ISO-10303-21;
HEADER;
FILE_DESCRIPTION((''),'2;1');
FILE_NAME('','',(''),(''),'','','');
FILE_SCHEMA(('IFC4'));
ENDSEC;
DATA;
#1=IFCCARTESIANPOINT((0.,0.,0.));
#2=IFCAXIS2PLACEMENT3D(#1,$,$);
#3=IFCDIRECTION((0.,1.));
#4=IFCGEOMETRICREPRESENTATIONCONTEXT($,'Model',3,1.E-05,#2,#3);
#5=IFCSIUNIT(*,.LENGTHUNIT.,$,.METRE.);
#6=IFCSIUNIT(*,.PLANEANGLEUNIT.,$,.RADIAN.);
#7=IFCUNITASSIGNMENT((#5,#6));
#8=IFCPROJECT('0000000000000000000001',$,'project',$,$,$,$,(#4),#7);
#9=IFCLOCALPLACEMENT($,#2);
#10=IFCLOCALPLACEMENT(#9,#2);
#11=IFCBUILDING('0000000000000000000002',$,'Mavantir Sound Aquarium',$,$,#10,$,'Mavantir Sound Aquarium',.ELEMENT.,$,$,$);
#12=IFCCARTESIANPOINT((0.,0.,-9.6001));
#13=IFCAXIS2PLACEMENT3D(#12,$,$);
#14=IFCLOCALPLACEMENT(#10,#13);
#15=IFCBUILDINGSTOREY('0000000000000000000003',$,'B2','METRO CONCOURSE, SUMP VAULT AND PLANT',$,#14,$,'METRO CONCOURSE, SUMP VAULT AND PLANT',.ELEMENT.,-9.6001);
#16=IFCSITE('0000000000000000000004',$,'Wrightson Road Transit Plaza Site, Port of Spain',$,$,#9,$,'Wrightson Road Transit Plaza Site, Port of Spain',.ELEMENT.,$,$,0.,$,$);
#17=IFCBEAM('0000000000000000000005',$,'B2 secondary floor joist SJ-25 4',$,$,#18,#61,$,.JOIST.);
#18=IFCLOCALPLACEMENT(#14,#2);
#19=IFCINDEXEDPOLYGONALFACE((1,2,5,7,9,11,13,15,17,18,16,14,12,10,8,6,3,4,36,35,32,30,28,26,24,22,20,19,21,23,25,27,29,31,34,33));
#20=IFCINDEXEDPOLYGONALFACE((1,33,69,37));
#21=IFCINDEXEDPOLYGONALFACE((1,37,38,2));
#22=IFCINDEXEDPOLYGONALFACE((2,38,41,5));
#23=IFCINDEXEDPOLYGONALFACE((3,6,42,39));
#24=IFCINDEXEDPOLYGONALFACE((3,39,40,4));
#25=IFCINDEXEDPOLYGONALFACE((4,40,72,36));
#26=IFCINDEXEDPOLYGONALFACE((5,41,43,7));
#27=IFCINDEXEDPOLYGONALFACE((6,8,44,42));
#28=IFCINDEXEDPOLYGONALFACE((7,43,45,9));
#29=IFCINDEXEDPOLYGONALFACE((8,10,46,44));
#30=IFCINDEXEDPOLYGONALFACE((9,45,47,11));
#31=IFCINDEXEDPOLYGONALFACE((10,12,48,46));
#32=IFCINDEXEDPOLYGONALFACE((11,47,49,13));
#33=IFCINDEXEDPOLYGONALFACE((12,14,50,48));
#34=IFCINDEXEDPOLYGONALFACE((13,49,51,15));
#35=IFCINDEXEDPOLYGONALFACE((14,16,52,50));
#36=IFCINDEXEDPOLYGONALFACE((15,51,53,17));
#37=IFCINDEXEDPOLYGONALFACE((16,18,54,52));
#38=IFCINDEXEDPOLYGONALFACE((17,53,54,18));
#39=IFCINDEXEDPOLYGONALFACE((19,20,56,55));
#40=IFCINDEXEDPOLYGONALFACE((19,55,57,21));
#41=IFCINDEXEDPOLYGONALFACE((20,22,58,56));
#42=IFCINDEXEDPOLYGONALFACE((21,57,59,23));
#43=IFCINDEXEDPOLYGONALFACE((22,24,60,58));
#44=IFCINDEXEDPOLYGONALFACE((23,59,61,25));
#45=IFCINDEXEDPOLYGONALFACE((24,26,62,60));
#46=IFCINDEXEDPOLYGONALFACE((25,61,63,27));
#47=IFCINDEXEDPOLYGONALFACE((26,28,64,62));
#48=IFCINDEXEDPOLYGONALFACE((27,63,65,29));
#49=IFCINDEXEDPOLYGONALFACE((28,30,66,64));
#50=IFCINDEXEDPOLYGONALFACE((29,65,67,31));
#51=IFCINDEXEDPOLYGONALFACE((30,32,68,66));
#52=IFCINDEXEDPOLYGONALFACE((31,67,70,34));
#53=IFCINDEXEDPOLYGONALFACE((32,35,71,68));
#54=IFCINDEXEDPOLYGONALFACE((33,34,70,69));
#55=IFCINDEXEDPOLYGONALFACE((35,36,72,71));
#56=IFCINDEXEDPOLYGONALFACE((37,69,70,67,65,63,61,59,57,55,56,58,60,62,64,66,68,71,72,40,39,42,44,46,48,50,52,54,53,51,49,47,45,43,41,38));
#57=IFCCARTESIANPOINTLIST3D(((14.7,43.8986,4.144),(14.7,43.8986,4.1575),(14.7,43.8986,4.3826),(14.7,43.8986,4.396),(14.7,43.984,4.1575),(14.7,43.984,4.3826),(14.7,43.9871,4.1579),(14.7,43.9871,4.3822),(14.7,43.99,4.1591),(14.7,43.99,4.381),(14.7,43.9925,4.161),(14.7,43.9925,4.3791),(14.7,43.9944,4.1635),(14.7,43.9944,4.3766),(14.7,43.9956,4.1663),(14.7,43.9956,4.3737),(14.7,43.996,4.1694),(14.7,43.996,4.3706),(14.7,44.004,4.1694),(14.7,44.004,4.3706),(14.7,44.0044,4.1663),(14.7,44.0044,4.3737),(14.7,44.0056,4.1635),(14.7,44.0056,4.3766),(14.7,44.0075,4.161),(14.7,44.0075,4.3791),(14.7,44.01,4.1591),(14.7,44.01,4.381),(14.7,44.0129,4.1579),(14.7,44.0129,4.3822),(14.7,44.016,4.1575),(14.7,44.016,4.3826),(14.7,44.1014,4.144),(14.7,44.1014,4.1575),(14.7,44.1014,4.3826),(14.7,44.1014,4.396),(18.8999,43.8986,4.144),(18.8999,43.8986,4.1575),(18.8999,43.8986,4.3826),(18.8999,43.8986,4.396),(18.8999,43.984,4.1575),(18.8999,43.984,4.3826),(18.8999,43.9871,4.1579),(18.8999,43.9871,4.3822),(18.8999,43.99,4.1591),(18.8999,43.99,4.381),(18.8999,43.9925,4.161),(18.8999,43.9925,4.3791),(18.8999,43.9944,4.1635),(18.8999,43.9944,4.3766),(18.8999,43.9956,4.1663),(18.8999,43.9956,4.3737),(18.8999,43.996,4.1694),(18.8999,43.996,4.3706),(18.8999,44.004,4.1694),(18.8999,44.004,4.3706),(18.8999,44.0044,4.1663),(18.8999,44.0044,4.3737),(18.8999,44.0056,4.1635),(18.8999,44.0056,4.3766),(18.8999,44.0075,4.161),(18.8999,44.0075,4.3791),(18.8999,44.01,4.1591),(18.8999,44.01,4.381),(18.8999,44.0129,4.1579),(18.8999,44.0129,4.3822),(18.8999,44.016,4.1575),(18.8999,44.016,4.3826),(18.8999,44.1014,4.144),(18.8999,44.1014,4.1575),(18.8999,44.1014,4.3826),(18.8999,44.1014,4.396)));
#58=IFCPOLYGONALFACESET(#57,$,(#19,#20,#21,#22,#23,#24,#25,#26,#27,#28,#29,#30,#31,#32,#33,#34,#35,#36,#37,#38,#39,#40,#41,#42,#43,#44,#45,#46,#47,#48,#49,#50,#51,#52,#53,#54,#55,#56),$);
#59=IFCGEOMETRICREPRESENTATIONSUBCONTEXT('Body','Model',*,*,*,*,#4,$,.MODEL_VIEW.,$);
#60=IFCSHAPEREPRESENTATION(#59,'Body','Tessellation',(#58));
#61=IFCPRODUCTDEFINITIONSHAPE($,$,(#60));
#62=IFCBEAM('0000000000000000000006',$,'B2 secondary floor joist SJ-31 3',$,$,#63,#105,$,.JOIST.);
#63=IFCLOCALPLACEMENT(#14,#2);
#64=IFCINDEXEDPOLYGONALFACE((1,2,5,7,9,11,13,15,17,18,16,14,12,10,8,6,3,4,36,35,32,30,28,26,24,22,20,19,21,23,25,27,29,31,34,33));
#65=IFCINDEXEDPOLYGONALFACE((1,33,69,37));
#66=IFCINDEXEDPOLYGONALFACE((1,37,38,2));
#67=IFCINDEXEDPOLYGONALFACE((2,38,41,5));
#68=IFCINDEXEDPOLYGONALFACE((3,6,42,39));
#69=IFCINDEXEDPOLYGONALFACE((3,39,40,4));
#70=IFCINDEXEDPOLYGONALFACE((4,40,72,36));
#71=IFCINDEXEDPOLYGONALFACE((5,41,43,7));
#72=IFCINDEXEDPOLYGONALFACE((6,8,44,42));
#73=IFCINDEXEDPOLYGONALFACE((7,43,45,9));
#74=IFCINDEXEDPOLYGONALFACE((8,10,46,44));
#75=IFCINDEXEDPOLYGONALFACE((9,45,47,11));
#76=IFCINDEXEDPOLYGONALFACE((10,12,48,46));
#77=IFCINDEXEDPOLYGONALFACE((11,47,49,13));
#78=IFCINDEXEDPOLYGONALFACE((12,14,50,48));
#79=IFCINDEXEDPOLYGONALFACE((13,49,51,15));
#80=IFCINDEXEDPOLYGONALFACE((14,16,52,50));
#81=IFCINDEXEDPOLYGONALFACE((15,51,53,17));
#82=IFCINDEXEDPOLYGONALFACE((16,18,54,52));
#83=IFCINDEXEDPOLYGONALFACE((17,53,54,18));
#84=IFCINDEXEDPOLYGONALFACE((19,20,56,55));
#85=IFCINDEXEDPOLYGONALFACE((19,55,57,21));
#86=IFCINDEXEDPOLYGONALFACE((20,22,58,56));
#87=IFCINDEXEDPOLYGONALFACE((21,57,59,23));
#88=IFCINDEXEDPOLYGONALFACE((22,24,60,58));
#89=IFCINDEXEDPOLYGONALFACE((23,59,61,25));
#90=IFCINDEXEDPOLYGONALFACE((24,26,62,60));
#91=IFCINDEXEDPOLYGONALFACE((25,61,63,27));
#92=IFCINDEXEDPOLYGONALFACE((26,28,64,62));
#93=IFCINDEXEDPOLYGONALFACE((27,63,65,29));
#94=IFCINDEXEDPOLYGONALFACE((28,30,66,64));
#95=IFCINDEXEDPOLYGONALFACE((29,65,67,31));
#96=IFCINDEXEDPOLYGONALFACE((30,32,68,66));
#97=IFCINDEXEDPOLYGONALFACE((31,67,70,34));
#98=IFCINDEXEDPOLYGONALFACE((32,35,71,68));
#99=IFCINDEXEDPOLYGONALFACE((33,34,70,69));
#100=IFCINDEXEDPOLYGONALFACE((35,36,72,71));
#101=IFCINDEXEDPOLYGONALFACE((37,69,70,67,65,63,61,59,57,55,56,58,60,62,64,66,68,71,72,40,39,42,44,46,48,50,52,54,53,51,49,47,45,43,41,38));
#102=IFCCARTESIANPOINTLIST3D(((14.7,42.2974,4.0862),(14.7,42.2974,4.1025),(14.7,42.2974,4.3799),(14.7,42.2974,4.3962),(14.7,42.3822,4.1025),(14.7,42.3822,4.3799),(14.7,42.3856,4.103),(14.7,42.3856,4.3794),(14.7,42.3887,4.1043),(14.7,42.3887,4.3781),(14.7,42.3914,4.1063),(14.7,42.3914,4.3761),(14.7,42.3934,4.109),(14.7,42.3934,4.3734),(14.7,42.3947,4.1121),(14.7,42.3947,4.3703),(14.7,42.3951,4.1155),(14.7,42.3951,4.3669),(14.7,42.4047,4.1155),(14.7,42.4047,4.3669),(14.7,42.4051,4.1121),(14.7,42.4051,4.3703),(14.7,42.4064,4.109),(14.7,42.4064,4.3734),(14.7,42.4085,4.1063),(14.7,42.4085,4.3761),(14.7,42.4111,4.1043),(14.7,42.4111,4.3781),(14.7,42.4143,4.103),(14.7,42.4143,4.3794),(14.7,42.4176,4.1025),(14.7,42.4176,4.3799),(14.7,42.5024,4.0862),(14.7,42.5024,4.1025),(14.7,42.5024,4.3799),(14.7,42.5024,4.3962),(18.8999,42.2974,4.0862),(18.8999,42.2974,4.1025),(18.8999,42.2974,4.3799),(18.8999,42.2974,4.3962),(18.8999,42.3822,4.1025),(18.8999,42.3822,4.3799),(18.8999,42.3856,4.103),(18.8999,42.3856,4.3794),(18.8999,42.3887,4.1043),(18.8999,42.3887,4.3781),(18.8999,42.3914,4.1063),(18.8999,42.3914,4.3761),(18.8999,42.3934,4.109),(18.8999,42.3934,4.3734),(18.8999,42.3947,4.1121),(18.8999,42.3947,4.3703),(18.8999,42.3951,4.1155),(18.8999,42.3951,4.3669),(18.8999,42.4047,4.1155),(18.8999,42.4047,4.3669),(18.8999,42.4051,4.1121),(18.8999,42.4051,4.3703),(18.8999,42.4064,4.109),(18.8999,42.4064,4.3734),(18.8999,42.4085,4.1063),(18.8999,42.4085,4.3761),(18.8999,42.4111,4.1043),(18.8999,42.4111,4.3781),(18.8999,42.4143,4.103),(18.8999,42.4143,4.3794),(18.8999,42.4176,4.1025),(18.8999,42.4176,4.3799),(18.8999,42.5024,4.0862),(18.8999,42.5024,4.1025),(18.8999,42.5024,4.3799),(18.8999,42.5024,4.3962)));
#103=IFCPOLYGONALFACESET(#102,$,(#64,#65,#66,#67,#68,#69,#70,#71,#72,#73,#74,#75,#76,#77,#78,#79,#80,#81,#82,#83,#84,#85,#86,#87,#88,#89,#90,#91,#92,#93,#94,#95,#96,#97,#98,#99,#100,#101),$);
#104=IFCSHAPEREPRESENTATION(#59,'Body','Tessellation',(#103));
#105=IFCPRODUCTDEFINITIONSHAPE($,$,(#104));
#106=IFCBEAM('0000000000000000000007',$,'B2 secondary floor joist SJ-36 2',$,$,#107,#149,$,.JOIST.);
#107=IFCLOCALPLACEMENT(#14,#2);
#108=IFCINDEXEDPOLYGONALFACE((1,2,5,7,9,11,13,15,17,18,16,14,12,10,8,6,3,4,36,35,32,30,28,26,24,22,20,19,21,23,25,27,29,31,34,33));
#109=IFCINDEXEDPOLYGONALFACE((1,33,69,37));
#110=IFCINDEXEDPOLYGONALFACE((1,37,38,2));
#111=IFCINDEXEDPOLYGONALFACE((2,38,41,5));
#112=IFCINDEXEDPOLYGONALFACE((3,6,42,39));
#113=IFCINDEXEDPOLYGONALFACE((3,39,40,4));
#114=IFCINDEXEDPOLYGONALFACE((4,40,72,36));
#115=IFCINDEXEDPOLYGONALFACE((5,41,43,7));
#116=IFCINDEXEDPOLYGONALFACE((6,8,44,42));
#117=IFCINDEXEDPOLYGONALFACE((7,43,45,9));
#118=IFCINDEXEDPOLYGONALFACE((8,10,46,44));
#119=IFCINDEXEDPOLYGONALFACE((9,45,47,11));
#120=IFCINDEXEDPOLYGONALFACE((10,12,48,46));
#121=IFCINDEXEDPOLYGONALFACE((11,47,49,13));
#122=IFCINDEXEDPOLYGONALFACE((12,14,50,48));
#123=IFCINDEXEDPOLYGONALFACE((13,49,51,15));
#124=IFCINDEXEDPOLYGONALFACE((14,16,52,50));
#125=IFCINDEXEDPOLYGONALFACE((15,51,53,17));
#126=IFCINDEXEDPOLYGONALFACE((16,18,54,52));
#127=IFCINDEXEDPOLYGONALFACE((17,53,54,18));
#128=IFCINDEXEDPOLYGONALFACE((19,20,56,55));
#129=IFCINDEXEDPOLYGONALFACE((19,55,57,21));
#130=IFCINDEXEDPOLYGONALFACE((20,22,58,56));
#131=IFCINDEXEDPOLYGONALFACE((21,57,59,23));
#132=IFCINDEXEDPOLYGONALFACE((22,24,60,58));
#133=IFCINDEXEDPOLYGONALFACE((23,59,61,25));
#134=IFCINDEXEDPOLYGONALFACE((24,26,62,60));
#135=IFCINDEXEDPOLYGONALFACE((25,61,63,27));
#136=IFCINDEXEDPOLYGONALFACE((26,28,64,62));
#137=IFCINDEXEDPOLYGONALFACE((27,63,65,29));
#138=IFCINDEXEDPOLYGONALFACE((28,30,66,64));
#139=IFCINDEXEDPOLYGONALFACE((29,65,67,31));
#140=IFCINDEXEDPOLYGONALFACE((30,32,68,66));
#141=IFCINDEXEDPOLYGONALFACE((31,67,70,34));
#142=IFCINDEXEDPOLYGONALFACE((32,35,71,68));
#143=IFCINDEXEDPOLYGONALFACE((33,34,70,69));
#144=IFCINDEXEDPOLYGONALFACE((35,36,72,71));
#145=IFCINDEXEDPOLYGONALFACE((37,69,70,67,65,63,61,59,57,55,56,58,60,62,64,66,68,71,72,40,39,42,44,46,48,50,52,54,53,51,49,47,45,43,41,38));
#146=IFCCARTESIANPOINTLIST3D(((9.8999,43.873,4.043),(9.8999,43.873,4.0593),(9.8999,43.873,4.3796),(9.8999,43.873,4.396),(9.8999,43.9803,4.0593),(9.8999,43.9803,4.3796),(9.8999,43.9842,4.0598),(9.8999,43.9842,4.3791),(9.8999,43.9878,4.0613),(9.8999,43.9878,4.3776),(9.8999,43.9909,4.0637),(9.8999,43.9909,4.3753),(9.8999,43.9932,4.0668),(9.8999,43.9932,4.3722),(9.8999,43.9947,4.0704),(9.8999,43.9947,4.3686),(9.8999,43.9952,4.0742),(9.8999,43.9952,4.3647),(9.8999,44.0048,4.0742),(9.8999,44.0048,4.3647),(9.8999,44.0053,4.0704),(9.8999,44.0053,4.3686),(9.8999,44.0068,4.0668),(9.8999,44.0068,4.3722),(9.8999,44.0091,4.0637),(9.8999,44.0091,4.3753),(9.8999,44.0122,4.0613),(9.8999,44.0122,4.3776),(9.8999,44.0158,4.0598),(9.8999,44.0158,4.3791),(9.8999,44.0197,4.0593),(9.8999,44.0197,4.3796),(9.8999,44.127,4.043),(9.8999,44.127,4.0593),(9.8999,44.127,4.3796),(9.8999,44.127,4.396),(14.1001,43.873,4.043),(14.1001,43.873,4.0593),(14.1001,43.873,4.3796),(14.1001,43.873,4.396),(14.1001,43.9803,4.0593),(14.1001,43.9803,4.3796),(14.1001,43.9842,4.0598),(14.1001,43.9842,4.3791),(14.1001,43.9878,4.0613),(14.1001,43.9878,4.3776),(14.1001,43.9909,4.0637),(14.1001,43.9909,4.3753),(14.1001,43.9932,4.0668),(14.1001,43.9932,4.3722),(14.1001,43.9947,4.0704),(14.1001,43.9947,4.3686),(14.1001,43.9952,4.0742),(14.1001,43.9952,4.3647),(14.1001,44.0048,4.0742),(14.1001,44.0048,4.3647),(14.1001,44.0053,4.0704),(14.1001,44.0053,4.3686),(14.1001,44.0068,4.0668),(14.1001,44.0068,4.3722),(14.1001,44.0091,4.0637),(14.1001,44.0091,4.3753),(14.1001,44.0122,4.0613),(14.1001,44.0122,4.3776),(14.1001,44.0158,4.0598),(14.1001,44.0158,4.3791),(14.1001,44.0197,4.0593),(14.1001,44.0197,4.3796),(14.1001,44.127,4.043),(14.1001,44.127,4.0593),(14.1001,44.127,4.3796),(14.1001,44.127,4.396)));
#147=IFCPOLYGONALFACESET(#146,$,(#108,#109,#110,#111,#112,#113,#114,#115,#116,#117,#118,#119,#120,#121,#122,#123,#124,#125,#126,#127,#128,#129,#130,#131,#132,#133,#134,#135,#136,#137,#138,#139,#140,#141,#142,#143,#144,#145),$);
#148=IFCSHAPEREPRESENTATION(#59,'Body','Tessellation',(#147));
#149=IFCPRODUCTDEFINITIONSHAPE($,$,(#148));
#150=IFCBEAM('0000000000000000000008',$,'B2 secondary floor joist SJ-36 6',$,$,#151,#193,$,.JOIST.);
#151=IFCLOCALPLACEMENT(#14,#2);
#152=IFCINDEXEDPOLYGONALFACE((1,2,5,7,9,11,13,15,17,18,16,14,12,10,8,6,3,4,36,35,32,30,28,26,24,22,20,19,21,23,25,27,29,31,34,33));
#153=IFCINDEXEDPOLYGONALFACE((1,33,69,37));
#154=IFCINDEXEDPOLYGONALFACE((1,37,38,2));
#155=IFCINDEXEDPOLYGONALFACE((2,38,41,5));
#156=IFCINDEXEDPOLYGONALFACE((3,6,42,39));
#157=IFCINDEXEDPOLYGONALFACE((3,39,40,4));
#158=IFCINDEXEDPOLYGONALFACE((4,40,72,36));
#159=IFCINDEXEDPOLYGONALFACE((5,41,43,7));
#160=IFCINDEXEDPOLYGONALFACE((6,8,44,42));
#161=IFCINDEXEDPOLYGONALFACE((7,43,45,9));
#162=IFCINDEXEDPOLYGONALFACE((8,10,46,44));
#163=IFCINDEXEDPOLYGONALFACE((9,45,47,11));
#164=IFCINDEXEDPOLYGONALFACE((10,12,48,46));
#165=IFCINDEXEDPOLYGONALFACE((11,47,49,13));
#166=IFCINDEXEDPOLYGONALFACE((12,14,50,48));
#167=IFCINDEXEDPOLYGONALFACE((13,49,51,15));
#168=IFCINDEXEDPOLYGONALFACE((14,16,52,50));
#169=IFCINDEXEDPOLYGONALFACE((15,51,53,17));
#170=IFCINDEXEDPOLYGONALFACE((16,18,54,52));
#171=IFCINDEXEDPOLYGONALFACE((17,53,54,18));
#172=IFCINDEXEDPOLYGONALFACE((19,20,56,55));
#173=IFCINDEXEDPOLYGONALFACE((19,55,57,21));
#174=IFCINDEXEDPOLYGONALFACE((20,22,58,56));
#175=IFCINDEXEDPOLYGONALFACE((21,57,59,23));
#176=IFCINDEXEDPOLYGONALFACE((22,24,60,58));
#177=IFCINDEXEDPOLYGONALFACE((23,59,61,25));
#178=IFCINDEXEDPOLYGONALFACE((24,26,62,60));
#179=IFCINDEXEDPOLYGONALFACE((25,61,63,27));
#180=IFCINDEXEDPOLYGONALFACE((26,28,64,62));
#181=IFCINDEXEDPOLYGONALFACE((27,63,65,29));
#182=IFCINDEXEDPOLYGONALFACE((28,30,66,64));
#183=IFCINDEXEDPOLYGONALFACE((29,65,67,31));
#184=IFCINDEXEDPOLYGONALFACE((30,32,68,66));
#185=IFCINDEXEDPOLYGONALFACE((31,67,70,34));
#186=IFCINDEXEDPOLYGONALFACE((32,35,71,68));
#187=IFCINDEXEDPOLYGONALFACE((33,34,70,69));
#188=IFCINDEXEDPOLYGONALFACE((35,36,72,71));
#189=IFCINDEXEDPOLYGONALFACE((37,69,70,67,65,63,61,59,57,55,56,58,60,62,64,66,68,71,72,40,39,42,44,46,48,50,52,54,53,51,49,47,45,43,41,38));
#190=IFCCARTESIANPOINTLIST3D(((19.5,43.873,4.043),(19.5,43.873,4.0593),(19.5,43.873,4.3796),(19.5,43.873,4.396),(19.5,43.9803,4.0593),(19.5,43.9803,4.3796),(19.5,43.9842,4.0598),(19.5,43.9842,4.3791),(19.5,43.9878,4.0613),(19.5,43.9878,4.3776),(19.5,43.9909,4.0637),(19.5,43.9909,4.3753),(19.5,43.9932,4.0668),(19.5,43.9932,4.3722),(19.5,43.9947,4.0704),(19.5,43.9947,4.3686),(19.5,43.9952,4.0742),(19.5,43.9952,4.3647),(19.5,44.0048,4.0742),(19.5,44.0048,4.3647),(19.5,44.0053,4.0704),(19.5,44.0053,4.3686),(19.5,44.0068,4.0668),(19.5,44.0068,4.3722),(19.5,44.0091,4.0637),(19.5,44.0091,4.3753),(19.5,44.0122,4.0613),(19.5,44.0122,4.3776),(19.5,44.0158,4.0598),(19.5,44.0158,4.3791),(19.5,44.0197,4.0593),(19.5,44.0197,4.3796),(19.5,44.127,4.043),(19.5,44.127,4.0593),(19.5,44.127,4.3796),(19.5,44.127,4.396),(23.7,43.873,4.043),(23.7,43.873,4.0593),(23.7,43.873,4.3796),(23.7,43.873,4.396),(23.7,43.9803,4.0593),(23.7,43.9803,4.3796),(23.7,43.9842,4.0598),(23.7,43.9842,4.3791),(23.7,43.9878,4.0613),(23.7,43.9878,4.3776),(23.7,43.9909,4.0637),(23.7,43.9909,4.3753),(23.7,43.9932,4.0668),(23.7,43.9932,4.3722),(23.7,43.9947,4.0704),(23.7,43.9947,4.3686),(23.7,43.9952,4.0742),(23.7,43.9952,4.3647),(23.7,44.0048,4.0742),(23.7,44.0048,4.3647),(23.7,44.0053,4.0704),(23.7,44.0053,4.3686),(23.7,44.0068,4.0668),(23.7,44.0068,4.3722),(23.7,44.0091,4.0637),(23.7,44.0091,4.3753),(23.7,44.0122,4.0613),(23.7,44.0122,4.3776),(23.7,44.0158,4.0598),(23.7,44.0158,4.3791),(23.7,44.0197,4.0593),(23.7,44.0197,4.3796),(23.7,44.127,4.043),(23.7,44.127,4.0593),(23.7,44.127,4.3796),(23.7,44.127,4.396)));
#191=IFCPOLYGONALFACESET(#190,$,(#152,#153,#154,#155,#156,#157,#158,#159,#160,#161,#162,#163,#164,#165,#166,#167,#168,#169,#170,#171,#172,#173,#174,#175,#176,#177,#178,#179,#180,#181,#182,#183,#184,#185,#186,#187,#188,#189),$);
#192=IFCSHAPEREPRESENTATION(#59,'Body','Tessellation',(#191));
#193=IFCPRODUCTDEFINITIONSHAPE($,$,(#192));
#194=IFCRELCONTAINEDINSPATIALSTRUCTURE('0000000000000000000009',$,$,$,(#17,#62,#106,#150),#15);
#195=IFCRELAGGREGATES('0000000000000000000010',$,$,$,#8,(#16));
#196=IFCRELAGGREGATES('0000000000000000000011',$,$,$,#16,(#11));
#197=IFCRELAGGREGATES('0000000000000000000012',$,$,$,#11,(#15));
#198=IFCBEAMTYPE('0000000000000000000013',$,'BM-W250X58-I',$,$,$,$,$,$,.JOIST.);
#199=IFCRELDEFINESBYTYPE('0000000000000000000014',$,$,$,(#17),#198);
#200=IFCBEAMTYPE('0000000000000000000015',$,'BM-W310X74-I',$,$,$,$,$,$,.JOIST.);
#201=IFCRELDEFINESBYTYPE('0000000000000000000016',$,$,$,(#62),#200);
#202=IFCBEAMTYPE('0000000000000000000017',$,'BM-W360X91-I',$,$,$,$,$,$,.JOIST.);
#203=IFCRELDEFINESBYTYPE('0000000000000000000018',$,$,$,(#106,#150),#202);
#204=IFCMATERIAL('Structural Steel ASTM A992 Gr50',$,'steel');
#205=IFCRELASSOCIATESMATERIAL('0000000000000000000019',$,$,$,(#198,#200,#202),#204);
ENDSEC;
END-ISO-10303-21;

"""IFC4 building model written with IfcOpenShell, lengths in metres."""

from ifc_helpers import new_model, si_unit, direction, frame, origin, origin_2d, place, context, subcontext, project, spatial, i_section, extrude, material, material_profile, profile_set, type_object, element, save


model = new_model("IFC4")

# Units and contexts
model_context = context("Model", 3, precision=1e-05, world=origin(), true_north=direction((0.0, 1.0)))
body_context = subcontext(model_context, "Body", "Model", "MODEL_VIEW")
ifc_project = project(units=[si_unit("LENGTHUNIT", "METRE"), si_unit("PLANEANGLEUNIT", "RADIAN")], contexts=[model_context])

# Site, building, storey
site_placement = place(None, origin())
site = spatial("IfcSite", under=ifc_project, at=site_placement, Name="Wrightson Road Transit Plaza Site, Port of Spain", LongName="Wrightson Road Transit Plaza Site, Port of Spain", CompositionType="ELEMENT", RefElevation=0.0)
building_placement = place(site_placement, origin())
building = spatial("IfcBuilding", under=site, at=building_placement, Name="Mavantir Sound Aquarium", LongName="Mavantir Sound Aquarium", CompositionType="ELEMENT")
storey_placement = place(building_placement, frame((0.0, 0.0, -9.6001)))
storey = spatial("IfcBuildingStorey", under=building, at=storey_placement, Name="B2", Description="METRO CONCOURSE, SUMP VAULT AND PLANT", LongName="METRO CONCOURSE, SUMP VAULT AND PLANT", CompositionType="ELEMENT", Elevation=-9.6001)

# Beams
ifc_material_1 = material(Name="Structural Steel ASTM A992 Gr50", Category="steel")
ifc_material_profile_1 = material_profile(ifc_material_1, i_section(OverallWidth=0.2029, OverallDepth=0.252, WebThickness=0.0081, FlangeThickness=0.0134, FilletRadius=0.012, at=origin_2d()), Name="W250X58")
ifc_profile_set_1 = profile_set([ifc_material_profile_1], Name="Structural Steel ASTM A992 Gr50")
beam_type_1 = type_object("IfcBeamType", Name="BM-W250X58-I", PredefinedType="JOIST", material=ifc_profile_set_1)
beam_1_placement = place(storey_placement, frame((14.7, 44.0, 4.27), z_axis=(1.0, 0.0, 0.0), x_axis=(0.0, 1.0, 0.0)))
element("IfcBeam", 1, at=beam_1_placement, inside=storey, type_object=beam_type_1, Name="B2 secondary floor joist SJ-25 4", PredefinedType="JOIST", context=body_context, shape_type="SweptSolid", body=[
    extrude(i_section(OverallWidth=0.2029, OverallDepth=0.252, WebThickness=0.0081, FlangeThickness=0.0134, FilletRadius=0.012, at=origin_2d()), origin(), (0.0, 0.0, 1.0), 4.2),
])
ifc_material_profile_2 = material_profile(ifc_material_1, i_section(OverallWidth=0.2051, OverallDepth=0.3101, WebThickness=0.0095, FlangeThickness=0.0164, FilletRadius=0.0129, at=origin_2d()), Name="W310X74")
ifc_profile_set_2 = profile_set([ifc_material_profile_2], Name="Structural Steel ASTM A992 Gr50")
beam_type_2 = type_object("IfcBeamType", Name="BM-W310X74-I", PredefinedType="JOIST", material=ifc_profile_set_2)
beam_2_placement = place(storey_placement, frame((14.7, 42.3999, 4.2412), z_axis=(1.0, 0.0, 0.0), x_axis=(0.0, 1.0, 0.0)))
element("IfcBeam", 2, at=beam_2_placement, inside=storey, type_object=beam_type_2, Name="B2 secondary floor joist SJ-31 3", PredefinedType="JOIST", context=body_context, shape_type="SweptSolid", body=[
    extrude(i_section(OverallWidth=0.2051, OverallDepth=0.3101, WebThickness=0.0095, FlangeThickness=0.0164, FilletRadius=0.0129, at=origin_2d()), origin(), (0.0, 0.0, 1.0), 4.2),
])
ifc_material_profile_3 = material_profile(ifc_material_1, i_section(OverallWidth=0.2539, OverallDepth=0.353, WebThickness=0.0095, FlangeThickness=0.0164, FilletRadius=0.0149, at=origin_2d()), Name="W360X91")
ifc_profile_set_3 = profile_set([ifc_material_profile_3], Name="Structural Steel ASTM A992 Gr50")
beam_type_3 = type_object("IfcBeamType", Name="BM-W360X91-I", PredefinedType="JOIST", material=ifc_profile_set_3)
beam_3_placement = place(storey_placement, frame((9.8999, 44.0, 4.2195), z_axis=(1.0, 0.0, 0.0), x_axis=(0.0, 1.0, 0.0)))
element("IfcBeam", 3, at=beam_3_placement, inside=storey, type_object=beam_type_3, Name="B2 secondary floor joist SJ-36 2", PredefinedType="JOIST", context=body_context, shape_type="SweptSolid", body=[
    extrude(i_section(OverallWidth=0.2539, OverallDepth=0.353, WebThickness=0.0095, FlangeThickness=0.0164, FilletRadius=0.0149, at=origin_2d()), origin(), (0.0, 0.0, 1.0), 4.2002),
])
beam_4_placement = place(storey_placement, frame((19.5, 44.0, 4.2195), z_axis=(1.0, 0.0, 0.0), x_axis=(0.0, 1.0, 0.0)))
element("IfcBeam", 4, at=beam_4_placement, inside=storey, type_object=beam_type_3, Name="B2 secondary floor joist SJ-36 6", PredefinedType="JOIST", context=body_context, shape_type="SweptSolid", body=[
    extrude(i_section(OverallWidth=0.2539, OverallDepth=0.353, WebThickness=0.0095, FlangeThickness=0.0164, FilletRadius=0.0149, at=origin_2d()), origin(), (0.0, 0.0, 1.0), 4.2),
])

save(model, "model.ifc")
